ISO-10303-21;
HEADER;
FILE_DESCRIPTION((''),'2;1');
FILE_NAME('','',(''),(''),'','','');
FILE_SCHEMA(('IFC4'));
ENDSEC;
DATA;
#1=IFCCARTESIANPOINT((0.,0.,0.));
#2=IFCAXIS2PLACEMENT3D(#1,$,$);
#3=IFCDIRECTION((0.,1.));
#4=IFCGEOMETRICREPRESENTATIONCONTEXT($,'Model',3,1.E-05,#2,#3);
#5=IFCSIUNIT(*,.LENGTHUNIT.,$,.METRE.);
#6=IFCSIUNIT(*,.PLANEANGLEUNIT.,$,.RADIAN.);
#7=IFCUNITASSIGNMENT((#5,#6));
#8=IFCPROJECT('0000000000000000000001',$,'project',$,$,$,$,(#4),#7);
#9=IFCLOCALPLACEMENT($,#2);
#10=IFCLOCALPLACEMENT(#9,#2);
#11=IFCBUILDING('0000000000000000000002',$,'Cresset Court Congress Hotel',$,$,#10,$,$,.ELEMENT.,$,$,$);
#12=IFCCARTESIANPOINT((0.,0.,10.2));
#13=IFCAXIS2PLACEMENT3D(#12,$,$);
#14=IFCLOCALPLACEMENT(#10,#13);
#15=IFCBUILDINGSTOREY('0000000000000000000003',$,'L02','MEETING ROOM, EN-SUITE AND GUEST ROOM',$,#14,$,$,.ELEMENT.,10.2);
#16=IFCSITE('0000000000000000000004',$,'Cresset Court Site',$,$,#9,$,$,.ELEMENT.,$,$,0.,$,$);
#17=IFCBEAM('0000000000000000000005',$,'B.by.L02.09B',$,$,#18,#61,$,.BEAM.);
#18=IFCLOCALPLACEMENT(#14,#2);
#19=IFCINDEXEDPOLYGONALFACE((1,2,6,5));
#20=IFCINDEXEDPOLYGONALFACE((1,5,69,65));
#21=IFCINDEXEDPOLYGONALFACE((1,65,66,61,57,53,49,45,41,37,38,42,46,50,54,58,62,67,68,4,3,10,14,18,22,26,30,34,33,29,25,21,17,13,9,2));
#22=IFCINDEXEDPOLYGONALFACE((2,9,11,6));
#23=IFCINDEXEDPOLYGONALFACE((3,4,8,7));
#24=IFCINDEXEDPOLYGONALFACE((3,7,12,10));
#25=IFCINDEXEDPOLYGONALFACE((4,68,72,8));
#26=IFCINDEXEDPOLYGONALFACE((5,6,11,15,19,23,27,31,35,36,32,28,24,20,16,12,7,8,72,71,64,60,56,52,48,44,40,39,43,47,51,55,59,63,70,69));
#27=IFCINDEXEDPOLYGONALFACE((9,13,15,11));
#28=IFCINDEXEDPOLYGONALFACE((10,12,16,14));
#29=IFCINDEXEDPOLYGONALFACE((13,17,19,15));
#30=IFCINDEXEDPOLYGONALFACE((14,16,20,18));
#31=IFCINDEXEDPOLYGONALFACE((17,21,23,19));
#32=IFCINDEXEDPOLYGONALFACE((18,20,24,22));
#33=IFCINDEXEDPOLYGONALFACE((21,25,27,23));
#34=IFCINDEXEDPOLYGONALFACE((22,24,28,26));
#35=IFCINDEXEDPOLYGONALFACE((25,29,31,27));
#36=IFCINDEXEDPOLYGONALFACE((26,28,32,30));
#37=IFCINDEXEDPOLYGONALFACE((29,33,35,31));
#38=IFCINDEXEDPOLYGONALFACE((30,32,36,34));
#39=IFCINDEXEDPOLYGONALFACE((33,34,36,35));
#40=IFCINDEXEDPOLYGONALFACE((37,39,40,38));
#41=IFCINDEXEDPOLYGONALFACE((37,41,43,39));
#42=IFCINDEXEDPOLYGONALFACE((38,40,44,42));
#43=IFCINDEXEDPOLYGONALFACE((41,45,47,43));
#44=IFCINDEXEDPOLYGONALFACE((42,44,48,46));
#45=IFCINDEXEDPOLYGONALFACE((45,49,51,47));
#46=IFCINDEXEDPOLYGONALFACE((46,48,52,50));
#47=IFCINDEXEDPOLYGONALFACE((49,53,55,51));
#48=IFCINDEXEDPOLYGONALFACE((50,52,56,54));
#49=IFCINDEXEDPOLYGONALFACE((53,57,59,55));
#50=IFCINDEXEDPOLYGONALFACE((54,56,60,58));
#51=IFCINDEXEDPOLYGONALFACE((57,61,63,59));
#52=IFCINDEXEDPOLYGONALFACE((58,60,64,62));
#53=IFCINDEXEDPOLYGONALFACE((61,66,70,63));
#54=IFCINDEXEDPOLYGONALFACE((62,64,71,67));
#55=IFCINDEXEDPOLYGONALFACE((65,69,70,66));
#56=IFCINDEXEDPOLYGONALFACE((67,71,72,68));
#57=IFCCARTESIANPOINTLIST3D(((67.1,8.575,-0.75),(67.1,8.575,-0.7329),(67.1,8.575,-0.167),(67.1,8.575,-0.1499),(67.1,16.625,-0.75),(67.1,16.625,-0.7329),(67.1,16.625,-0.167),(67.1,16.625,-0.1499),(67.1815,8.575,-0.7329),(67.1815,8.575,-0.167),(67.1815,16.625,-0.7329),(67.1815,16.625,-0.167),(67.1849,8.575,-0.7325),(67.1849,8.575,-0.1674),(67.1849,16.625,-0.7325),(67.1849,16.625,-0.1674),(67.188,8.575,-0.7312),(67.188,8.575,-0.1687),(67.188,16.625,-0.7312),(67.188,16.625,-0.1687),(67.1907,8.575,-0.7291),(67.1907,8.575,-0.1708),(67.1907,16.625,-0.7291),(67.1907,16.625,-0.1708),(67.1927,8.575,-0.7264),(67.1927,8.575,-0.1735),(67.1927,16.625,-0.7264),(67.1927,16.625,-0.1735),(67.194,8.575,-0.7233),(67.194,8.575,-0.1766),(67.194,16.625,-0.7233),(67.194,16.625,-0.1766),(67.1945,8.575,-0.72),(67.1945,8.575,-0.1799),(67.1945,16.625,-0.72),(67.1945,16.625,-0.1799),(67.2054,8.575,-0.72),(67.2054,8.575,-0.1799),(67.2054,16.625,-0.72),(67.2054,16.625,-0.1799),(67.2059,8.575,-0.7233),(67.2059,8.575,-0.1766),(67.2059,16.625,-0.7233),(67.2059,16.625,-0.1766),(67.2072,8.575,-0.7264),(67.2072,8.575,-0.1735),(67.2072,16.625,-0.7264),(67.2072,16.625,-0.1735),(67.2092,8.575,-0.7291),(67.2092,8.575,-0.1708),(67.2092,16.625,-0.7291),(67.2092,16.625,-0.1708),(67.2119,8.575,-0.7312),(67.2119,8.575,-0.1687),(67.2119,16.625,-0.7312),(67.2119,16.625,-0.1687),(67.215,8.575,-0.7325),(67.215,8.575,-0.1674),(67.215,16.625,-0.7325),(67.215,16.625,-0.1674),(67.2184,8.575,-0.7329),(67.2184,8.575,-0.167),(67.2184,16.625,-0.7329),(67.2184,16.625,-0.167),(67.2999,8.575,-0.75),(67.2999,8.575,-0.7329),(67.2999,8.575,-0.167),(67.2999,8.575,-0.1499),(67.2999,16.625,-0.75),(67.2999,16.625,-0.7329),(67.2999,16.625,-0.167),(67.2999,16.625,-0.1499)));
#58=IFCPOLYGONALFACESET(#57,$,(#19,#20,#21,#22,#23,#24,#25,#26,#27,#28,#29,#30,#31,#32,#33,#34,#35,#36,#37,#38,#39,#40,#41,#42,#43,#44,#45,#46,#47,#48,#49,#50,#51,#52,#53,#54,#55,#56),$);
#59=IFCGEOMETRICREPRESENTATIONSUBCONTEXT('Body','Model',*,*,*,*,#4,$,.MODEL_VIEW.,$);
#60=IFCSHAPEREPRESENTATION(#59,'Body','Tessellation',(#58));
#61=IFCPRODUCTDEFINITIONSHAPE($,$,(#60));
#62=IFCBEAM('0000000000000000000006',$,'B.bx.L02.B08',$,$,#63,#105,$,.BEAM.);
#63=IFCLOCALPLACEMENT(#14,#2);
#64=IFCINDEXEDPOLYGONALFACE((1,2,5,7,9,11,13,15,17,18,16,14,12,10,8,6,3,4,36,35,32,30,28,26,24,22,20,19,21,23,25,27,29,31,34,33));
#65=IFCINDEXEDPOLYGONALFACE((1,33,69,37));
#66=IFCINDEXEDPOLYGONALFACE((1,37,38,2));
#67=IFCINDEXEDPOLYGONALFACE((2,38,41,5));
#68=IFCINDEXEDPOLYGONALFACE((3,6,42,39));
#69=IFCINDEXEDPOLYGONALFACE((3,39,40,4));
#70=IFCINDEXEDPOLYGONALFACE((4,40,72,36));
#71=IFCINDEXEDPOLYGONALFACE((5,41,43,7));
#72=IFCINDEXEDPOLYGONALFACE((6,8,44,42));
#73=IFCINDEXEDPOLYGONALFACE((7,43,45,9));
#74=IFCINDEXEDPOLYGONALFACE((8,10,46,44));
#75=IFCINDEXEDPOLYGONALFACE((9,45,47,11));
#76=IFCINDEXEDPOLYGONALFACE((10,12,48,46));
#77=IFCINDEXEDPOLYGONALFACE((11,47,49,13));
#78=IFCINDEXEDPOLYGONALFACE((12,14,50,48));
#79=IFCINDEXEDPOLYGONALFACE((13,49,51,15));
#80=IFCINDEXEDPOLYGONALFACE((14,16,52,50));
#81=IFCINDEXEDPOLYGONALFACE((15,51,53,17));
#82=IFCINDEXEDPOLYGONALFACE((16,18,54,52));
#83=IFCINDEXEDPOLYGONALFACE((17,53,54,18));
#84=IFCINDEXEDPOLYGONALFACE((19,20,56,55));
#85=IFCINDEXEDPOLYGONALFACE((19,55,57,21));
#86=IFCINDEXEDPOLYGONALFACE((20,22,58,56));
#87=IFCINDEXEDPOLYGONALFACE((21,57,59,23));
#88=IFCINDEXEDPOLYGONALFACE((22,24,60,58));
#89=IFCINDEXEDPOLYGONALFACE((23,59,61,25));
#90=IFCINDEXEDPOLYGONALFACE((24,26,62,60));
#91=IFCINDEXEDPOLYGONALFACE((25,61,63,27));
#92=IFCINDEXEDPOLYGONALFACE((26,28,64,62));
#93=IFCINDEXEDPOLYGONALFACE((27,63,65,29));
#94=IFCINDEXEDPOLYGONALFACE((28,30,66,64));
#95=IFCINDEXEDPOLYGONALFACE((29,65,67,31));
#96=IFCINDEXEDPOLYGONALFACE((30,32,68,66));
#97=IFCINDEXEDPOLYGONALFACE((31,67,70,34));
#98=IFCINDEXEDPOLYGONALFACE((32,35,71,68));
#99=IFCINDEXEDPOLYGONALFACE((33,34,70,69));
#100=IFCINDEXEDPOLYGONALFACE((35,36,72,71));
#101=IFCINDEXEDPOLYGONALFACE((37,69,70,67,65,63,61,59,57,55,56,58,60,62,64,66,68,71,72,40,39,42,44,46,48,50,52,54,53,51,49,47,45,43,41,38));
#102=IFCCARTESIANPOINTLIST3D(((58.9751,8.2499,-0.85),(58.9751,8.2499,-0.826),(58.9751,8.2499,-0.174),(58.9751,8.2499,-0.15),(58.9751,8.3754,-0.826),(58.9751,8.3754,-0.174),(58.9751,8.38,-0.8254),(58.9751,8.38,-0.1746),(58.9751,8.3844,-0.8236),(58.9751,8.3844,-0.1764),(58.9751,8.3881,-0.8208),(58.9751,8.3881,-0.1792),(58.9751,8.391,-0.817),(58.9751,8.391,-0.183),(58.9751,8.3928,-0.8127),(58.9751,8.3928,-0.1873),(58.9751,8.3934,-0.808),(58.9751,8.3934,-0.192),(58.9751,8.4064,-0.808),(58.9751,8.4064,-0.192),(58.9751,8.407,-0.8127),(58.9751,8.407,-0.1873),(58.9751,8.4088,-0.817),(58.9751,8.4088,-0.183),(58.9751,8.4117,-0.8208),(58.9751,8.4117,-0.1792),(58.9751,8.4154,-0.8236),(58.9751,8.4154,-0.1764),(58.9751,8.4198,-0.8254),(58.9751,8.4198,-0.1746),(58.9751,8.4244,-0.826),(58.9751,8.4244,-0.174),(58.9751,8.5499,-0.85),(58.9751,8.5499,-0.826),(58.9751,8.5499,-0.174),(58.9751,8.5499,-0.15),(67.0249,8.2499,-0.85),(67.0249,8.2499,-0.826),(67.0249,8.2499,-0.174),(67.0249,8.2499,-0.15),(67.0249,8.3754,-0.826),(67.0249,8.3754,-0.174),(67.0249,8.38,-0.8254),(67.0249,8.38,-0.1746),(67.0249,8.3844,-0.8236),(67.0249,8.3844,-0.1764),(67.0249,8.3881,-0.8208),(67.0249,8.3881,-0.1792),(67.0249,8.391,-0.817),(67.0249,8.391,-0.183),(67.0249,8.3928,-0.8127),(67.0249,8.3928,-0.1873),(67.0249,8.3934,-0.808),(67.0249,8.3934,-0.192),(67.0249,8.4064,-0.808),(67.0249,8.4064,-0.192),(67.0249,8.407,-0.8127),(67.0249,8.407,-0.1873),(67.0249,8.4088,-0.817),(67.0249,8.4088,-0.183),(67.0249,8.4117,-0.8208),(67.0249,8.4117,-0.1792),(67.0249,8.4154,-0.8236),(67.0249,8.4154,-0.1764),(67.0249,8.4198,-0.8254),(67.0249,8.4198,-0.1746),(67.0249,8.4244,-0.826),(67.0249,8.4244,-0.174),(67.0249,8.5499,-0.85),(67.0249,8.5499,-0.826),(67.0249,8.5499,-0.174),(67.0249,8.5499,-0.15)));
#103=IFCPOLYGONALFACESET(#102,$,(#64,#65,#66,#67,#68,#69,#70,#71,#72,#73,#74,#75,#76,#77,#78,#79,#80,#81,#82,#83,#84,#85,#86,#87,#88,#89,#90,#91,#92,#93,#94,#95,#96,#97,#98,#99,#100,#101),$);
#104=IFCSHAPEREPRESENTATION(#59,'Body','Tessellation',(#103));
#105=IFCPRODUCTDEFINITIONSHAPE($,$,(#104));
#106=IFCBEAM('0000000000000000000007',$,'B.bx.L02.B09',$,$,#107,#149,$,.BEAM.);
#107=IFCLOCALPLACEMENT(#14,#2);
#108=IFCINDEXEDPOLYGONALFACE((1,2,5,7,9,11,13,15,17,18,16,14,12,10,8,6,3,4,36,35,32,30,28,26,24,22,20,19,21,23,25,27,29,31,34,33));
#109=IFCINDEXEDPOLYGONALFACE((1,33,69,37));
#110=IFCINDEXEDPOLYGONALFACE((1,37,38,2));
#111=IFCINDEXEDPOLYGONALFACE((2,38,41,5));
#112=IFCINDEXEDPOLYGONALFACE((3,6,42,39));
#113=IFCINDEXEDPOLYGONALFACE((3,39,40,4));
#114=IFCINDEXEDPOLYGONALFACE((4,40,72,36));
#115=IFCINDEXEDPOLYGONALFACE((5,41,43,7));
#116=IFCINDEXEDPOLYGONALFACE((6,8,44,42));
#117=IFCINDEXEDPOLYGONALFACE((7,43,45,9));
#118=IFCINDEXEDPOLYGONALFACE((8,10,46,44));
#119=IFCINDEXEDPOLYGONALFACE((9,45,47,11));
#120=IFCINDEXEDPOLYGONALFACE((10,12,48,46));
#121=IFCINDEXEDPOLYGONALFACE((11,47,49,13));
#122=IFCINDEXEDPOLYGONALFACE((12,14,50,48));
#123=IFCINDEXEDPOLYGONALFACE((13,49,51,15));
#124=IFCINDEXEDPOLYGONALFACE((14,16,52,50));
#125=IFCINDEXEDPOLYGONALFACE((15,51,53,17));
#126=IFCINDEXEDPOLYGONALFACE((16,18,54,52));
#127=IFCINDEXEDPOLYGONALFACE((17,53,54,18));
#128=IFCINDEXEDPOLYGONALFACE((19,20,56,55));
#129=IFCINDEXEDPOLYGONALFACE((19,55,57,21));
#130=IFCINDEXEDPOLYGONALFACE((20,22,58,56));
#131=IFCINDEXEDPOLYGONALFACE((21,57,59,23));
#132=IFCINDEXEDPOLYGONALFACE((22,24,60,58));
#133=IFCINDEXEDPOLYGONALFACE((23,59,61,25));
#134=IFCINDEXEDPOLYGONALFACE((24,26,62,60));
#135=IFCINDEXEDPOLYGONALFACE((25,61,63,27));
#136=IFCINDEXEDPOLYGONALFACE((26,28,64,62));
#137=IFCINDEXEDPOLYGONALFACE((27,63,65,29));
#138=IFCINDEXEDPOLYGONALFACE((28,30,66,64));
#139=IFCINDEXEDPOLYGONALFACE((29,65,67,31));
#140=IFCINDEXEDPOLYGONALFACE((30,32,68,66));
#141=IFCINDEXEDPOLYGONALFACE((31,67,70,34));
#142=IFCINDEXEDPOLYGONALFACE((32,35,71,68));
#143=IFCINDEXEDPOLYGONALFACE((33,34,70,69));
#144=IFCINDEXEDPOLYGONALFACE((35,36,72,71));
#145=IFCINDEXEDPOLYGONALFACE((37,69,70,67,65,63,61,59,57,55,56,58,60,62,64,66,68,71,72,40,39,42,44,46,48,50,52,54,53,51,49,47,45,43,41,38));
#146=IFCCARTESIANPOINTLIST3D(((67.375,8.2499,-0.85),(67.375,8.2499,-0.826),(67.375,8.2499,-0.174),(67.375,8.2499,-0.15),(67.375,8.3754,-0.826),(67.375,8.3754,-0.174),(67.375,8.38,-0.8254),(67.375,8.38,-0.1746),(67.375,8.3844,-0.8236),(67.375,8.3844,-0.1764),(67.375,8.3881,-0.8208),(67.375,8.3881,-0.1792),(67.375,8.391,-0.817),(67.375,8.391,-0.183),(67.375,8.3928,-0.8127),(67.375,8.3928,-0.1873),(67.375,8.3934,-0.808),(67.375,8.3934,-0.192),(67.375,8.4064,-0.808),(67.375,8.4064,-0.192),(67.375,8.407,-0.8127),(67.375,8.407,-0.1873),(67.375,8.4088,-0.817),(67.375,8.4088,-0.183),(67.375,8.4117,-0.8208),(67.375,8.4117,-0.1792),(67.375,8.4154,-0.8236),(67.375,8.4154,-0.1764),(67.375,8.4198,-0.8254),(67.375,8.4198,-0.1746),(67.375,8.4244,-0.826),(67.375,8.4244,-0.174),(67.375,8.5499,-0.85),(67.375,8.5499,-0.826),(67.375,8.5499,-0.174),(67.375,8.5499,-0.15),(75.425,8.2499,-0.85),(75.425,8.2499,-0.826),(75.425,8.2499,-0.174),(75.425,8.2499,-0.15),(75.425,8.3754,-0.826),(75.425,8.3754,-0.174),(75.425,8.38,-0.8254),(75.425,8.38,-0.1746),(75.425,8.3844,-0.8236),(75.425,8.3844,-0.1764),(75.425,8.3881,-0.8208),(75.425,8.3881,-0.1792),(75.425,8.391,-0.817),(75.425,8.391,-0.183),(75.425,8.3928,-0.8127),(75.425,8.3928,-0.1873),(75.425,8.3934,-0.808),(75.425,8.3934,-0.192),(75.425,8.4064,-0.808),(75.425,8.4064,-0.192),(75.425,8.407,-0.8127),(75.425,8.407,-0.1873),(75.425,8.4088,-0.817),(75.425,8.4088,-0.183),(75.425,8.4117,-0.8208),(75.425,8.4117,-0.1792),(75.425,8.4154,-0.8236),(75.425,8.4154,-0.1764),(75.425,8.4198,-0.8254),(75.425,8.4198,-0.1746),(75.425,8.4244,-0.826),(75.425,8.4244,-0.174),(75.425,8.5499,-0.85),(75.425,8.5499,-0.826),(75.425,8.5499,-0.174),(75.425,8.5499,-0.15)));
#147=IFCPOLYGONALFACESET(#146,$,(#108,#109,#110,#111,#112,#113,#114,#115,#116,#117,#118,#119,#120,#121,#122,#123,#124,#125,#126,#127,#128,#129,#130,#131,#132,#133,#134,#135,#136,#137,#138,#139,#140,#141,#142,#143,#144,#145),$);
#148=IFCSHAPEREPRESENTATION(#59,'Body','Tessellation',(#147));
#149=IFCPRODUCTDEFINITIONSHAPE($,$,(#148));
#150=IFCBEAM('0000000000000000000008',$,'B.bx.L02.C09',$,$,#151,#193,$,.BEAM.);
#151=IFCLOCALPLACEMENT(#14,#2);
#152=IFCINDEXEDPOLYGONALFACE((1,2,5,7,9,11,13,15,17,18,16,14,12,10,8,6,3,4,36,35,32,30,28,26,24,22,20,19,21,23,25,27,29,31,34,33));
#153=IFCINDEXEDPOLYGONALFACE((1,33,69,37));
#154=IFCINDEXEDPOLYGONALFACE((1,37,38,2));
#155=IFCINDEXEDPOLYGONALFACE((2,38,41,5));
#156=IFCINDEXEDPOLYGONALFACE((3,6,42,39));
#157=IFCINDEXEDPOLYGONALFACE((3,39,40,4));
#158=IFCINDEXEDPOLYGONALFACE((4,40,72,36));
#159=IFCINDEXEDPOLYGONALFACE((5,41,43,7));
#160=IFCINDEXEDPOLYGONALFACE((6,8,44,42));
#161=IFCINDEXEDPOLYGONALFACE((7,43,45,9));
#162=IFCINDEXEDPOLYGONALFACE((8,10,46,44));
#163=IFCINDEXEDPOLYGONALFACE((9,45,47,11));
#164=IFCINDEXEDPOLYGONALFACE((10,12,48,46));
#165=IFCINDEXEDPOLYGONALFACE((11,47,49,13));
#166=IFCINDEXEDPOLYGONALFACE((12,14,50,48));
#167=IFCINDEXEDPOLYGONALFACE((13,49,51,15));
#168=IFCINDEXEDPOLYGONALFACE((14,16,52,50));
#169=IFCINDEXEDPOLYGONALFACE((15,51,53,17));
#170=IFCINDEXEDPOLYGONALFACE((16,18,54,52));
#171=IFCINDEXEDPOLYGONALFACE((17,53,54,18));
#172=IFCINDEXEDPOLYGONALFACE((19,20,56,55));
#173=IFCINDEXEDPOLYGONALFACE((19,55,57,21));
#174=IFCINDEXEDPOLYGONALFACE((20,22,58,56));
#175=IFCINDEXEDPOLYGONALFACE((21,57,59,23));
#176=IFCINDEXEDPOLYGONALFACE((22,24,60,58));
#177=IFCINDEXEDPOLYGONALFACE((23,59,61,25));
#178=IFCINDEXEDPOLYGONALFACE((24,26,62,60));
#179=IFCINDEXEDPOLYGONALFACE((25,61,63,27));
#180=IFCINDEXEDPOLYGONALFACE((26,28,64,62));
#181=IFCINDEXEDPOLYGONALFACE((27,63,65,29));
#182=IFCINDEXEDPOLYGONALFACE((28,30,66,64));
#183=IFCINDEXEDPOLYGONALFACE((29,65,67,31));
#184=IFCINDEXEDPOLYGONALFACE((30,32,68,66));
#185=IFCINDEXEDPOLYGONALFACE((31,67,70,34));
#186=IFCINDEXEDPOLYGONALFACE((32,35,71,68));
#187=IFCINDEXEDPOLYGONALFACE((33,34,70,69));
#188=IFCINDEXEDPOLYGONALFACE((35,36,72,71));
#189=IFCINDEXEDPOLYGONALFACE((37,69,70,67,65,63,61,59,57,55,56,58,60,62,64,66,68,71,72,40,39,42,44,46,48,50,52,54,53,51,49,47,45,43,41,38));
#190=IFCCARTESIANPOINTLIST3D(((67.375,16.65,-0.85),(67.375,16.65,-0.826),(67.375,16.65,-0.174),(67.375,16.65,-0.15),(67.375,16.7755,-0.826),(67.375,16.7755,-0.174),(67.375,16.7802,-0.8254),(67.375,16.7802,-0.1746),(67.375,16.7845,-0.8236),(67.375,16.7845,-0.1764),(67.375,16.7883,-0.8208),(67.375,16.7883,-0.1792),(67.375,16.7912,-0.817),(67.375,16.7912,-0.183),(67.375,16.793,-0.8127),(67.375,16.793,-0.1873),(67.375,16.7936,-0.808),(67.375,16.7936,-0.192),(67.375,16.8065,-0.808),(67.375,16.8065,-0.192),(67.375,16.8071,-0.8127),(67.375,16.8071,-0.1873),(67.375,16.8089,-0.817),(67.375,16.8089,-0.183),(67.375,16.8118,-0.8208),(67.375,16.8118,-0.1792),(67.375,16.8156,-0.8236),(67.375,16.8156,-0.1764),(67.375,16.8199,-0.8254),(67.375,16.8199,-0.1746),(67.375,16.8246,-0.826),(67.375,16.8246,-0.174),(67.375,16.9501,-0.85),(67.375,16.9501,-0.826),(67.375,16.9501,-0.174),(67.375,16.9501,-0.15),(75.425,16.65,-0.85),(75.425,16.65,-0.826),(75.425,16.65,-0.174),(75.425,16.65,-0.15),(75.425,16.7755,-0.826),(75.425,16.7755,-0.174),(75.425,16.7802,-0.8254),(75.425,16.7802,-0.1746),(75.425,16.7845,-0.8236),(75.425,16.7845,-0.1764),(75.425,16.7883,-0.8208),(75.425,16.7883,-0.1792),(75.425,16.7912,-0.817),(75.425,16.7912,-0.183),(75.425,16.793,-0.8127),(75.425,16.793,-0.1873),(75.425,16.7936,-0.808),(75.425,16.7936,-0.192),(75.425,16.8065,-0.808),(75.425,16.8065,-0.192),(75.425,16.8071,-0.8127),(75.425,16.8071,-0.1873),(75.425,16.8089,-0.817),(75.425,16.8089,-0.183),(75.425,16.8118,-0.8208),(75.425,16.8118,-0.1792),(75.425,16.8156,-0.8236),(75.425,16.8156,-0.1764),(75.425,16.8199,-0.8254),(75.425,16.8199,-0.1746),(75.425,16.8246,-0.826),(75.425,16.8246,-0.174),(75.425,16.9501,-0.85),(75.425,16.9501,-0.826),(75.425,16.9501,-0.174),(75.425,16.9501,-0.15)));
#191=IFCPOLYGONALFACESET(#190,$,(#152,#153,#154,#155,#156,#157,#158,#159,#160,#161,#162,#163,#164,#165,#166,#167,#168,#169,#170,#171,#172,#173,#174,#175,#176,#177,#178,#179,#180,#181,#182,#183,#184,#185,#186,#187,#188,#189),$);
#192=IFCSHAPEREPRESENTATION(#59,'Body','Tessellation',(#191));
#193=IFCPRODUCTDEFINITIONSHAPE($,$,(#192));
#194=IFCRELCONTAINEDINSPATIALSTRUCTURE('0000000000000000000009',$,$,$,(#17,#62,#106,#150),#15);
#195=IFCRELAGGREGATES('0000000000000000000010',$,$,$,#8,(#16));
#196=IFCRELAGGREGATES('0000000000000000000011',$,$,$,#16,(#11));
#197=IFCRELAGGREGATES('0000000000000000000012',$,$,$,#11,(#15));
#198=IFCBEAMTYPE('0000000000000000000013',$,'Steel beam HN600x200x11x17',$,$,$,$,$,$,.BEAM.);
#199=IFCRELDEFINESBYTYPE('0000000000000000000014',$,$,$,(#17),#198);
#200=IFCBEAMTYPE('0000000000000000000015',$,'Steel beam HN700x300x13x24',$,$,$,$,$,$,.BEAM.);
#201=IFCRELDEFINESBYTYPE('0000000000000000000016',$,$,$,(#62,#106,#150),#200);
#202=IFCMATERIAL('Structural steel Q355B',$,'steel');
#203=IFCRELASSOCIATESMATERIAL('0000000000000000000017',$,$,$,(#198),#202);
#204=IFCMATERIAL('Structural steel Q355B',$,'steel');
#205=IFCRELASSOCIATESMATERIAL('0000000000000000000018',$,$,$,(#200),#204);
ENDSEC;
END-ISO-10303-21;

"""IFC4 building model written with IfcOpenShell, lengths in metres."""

from ifc_helpers import new_model, si_unit, direction, frame, origin, origin_2d, place, context, subcontext, project, spatial, i_section, extrude, material, material_profile, profile_set, type_object, element, save


model = new_model("IFC4")

# Units and contexts
model_context = context("Model", 3, precision=1e-05, world=origin(), true_north=direction((0.0, 1.0)))
body_context = subcontext(model_context, "Body", "Model", "MODEL_VIEW")
ifc_project = project(units=[si_unit("LENGTHUNIT", "METRE"), si_unit("PLANEANGLEUNIT", "RADIAN")], contexts=[model_context])

# Site, building, storey
site_placement = place(None, origin())
site = spatial("IfcSite", under=ifc_project, at=site_placement, Name="Cresset Court Site", CompositionType="ELEMENT", RefElevation=0.0)
building_placement = place(site_placement, origin())
building = spatial("IfcBuilding", under=site, at=building_placement, Name="Cresset Court Congress Hotel", CompositionType="ELEMENT")
storey_placement = place(building_placement, frame((0.0, 0.0, 10.2)))
storey = spatial("IfcBuildingStorey", under=building, at=storey_placement, Name="L02", Description="MEETING ROOM, EN-SUITE AND GUEST ROOM", CompositionType="ELEMENT", Elevation=10.2)

# Beams
ifc_material_1 = material(Name="Structural steel Q355B", Category="steel")
ifc_material_profile_1 = material_profile(ifc_material_1, i_section(OverallWidth=0.2, OverallDepth=0.6001, WebThickness=0.011, FlangeThickness=0.0171, FilletRadius=0.0129, at=origin_2d()), Name="HN600x200x11x17")
ifc_profile_set_1 = profile_set([ifc_material_profile_1], Name="Structural steel Q355B")
beam_type_1 = type_object("IfcBeamType", Name="Steel beam HN600x200x11x17", PredefinedType="BEAM", material=ifc_profile_set_1)
beam_1_placement = place(storey_placement, frame((67.2, 8.575, -0.45), z_axis=(0.0, 1.0, 0.0), x_axis=(-1.0, 0.0, 0.0)))
element("IfcBeam", 1, at=beam_1_placement, inside=storey, type_object=beam_type_1, Name="B.by.L02.09B", PredefinedType="BEAM", context=body_context, shape_type="SweptSolid", body=[
    extrude(i_section(OverallWidth=0.2, OverallDepth=0.6001, WebThickness=0.011, FlangeThickness=0.0171, FilletRadius=0.0129, at=origin_2d()), origin(), (0.0, 0.0, 1.0), 8.05),
])
ifc_material_2 = material(Name="Structural steel Q355B", Category="steel")
ifc_material_profile_2 = material_profile(ifc_material_2, i_section(OverallWidth=0.3, OverallDepth=0.7, WebThickness=0.0129, FlangeThickness=0.0239, FilletRadius=0.0181, at=origin_2d()), Name="HN700x300x13x24")
ifc_profile_set_2 = profile_set([ifc_material_profile_2], Name="Structural steel Q355B")
beam_type_2 = type_object("IfcBeamType", Name="Steel beam HN700x300x13x24", PredefinedType="BEAM", material=ifc_profile_set_2)
beam_2_placement = place(storey_placement, frame((58.9751, 8.3999, -0.5), z_axis=(1.0, 0.0, 0.0), x_axis=(0.0, 1.0, 0.0)))
element("IfcBeam", 2, at=beam_2_placement, inside=storey, type_object=beam_type_2, Name="B.bx.L02.B08", PredefinedType="BEAM", context=body_context, shape_type="SweptSolid", body=[
    extrude(i_section(OverallWidth=0.3, OverallDepth=0.7, WebThickness=0.0129, FlangeThickness=0.0239, FilletRadius=0.0181, at=origin_2d()), origin(), (0.0, 0.0, 1.0), 8.0498),
])
for number, where, z_axis, x_axis, name in (
    (3, (67.375, 8.3999, -0.5), (1.0, 0.0, 0.0), (0.0, 1.0, 0.0), "B.bx.L02.B09"),
    (4, (67.375, 16.8, -0.5), (1.0, 0.0, 0.0), (0.0, 1.0, 0.0), "B.bx.L02.C09"),
):
    element("IfcBeam", number, at=place(storey_placement, frame(where, z_axis=z_axis, x_axis=x_axis)), inside=storey, type_object=beam_type_2, Name=name, PredefinedType="BEAM", context=body_context, shape_type="SweptSolid", body=[
        extrude(i_section(OverallWidth=0.3, OverallDepth=0.7, WebThickness=0.0129, FlangeThickness=0.0239, FilletRadius=0.0181, at=origin_2d()), origin(), (0.0, 0.0, 1.0), 8.05),
    ])

save(model, "model.ifc")
